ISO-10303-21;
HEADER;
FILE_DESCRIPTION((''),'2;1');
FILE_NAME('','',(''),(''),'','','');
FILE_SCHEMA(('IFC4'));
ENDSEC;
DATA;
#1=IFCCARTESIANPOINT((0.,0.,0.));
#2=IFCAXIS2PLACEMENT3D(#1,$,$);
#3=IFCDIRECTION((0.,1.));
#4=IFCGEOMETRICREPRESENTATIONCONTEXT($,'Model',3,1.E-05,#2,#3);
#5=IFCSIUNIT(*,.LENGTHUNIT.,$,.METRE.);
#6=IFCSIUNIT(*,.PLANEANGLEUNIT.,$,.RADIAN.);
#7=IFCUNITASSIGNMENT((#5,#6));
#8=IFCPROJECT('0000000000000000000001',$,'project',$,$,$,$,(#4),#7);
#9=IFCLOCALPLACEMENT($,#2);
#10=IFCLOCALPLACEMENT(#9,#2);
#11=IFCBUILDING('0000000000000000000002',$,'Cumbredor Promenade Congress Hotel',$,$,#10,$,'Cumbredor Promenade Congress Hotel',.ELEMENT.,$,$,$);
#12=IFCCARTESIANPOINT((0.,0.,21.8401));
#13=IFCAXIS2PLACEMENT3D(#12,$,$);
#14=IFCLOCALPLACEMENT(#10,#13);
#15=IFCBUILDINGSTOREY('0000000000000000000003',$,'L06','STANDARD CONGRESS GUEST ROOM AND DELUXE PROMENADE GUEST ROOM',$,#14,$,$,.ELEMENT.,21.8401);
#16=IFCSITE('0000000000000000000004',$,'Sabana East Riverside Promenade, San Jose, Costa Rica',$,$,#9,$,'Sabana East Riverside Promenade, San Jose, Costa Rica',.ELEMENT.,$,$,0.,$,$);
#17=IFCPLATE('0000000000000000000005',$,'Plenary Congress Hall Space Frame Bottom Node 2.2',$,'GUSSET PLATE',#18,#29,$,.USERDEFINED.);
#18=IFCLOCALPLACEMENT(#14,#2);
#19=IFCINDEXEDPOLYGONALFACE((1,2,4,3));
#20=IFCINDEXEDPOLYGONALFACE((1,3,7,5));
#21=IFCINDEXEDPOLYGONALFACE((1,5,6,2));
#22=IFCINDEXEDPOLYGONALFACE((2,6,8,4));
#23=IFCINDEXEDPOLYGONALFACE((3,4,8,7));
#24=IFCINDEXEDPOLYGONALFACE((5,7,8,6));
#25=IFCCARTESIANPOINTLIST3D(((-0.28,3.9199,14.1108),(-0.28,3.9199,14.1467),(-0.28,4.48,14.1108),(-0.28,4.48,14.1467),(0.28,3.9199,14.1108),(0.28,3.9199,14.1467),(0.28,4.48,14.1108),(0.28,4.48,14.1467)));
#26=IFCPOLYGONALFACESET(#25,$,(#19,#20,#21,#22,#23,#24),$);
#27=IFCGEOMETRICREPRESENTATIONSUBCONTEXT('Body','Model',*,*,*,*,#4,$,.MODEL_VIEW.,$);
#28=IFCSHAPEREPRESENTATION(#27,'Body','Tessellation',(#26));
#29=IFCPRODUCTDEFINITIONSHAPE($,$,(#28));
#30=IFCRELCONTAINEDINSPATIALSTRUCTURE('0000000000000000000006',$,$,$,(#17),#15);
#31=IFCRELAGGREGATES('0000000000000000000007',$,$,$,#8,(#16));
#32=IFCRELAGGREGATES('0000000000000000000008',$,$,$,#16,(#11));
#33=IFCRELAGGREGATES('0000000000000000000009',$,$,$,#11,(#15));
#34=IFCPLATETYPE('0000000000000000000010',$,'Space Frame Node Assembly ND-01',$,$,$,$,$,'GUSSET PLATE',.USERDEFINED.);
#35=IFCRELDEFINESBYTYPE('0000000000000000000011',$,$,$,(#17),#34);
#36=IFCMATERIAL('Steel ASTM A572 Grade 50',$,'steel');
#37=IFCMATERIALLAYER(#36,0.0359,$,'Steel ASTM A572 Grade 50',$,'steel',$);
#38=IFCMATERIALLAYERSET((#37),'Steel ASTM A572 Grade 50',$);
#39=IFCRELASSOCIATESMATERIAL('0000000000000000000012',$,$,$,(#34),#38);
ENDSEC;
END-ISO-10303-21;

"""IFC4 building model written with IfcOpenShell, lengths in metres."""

from ifc_helpers import new_model, si_unit, direction, frame, origin, origin_2d, place, context, subcontext, project, spatial, rectangle, extrude, material, layer, layer_set, type_object, element, save


model = new_model("IFC4")

# Units and contexts
model_context = context("Model", 3, precision=1e-05, world=origin(), true_north=direction((0.0, 1.0)))
body_context = subcontext(model_context, "Body", "Model", "MODEL_VIEW")
ifc_project = project(units=[si_unit("LENGTHUNIT", "METRE"), si_unit("PLANEANGLEUNIT", "RADIAN")], contexts=[model_context])

# Site, building, storey
site_placement = place(None, origin())
site = spatial("IfcSite", under=ifc_project, at=site_placement, Name="Sabana East Riverside Promenade, San Jose, Costa Rica", LongName="Sabana East Riverside Promenade, San Jose, Costa Rica", CompositionType="ELEMENT", RefElevation=0.0)
building_placement = place(site_placement, origin())
building = spatial("IfcBuilding", under=site, at=building_placement, Name="Cumbredor Promenade Congress Hotel", LongName="Cumbredor Promenade Congress Hotel", CompositionType="ELEMENT")
storey_placement = place(building_placement, frame((0.0, 0.0, 21.8401)))
storey = spatial("IfcBuildingStorey", under=building, at=storey_placement, Name="L06", Description="STANDARD CONGRESS GUEST ROOM AND DELUXE PROMENADE GUEST ROOM", CompositionType="ELEMENT", Elevation=21.8401)

# Plate
ifc_material_1 = material(Name="Steel ASTM A572 Grade 50", Category="steel")
ifc_layer_1 = layer(ifc_material_1, 0.0359, Name="Steel ASTM A572 Grade 50", Category="steel")
ifc_layer_set_1 = layer_set([ifc_layer_1], Name="Steel ASTM A572 Grade 50")
plate_type_1 = type_object("IfcPlateType", Name="Space Frame Node Assembly ND-01", ElementType="GUSSET PLATE", PredefinedType="USERDEFINED", material=ifc_layer_set_1)
for number, where, z_axis, x_axis, name in (
    (1, (0.0, 4.2, 14.1108), (0.0, 0.0, 1.0), (1.0, 0.0, 0.0), "Plenary Congress Hall Space Frame Bottom Node 2.2"),
):
    element("IfcPlate", number, at=place(storey_placement, frame(where, z_axis=z_axis, x_axis=x_axis)), inside=storey, type_object=plate_type_1, Name=name, ObjectType="GUSSET PLATE", PredefinedType="USERDEFINED", context=body_context, shape_type="SweptSolid", body=[
        extrude(rectangle(XDim=0.5601, YDim=0.5601, at=origin_2d()), origin(), (0.0, 0.0, 1.0), 0.0359),
    ])

save(model, "model.ifc")
